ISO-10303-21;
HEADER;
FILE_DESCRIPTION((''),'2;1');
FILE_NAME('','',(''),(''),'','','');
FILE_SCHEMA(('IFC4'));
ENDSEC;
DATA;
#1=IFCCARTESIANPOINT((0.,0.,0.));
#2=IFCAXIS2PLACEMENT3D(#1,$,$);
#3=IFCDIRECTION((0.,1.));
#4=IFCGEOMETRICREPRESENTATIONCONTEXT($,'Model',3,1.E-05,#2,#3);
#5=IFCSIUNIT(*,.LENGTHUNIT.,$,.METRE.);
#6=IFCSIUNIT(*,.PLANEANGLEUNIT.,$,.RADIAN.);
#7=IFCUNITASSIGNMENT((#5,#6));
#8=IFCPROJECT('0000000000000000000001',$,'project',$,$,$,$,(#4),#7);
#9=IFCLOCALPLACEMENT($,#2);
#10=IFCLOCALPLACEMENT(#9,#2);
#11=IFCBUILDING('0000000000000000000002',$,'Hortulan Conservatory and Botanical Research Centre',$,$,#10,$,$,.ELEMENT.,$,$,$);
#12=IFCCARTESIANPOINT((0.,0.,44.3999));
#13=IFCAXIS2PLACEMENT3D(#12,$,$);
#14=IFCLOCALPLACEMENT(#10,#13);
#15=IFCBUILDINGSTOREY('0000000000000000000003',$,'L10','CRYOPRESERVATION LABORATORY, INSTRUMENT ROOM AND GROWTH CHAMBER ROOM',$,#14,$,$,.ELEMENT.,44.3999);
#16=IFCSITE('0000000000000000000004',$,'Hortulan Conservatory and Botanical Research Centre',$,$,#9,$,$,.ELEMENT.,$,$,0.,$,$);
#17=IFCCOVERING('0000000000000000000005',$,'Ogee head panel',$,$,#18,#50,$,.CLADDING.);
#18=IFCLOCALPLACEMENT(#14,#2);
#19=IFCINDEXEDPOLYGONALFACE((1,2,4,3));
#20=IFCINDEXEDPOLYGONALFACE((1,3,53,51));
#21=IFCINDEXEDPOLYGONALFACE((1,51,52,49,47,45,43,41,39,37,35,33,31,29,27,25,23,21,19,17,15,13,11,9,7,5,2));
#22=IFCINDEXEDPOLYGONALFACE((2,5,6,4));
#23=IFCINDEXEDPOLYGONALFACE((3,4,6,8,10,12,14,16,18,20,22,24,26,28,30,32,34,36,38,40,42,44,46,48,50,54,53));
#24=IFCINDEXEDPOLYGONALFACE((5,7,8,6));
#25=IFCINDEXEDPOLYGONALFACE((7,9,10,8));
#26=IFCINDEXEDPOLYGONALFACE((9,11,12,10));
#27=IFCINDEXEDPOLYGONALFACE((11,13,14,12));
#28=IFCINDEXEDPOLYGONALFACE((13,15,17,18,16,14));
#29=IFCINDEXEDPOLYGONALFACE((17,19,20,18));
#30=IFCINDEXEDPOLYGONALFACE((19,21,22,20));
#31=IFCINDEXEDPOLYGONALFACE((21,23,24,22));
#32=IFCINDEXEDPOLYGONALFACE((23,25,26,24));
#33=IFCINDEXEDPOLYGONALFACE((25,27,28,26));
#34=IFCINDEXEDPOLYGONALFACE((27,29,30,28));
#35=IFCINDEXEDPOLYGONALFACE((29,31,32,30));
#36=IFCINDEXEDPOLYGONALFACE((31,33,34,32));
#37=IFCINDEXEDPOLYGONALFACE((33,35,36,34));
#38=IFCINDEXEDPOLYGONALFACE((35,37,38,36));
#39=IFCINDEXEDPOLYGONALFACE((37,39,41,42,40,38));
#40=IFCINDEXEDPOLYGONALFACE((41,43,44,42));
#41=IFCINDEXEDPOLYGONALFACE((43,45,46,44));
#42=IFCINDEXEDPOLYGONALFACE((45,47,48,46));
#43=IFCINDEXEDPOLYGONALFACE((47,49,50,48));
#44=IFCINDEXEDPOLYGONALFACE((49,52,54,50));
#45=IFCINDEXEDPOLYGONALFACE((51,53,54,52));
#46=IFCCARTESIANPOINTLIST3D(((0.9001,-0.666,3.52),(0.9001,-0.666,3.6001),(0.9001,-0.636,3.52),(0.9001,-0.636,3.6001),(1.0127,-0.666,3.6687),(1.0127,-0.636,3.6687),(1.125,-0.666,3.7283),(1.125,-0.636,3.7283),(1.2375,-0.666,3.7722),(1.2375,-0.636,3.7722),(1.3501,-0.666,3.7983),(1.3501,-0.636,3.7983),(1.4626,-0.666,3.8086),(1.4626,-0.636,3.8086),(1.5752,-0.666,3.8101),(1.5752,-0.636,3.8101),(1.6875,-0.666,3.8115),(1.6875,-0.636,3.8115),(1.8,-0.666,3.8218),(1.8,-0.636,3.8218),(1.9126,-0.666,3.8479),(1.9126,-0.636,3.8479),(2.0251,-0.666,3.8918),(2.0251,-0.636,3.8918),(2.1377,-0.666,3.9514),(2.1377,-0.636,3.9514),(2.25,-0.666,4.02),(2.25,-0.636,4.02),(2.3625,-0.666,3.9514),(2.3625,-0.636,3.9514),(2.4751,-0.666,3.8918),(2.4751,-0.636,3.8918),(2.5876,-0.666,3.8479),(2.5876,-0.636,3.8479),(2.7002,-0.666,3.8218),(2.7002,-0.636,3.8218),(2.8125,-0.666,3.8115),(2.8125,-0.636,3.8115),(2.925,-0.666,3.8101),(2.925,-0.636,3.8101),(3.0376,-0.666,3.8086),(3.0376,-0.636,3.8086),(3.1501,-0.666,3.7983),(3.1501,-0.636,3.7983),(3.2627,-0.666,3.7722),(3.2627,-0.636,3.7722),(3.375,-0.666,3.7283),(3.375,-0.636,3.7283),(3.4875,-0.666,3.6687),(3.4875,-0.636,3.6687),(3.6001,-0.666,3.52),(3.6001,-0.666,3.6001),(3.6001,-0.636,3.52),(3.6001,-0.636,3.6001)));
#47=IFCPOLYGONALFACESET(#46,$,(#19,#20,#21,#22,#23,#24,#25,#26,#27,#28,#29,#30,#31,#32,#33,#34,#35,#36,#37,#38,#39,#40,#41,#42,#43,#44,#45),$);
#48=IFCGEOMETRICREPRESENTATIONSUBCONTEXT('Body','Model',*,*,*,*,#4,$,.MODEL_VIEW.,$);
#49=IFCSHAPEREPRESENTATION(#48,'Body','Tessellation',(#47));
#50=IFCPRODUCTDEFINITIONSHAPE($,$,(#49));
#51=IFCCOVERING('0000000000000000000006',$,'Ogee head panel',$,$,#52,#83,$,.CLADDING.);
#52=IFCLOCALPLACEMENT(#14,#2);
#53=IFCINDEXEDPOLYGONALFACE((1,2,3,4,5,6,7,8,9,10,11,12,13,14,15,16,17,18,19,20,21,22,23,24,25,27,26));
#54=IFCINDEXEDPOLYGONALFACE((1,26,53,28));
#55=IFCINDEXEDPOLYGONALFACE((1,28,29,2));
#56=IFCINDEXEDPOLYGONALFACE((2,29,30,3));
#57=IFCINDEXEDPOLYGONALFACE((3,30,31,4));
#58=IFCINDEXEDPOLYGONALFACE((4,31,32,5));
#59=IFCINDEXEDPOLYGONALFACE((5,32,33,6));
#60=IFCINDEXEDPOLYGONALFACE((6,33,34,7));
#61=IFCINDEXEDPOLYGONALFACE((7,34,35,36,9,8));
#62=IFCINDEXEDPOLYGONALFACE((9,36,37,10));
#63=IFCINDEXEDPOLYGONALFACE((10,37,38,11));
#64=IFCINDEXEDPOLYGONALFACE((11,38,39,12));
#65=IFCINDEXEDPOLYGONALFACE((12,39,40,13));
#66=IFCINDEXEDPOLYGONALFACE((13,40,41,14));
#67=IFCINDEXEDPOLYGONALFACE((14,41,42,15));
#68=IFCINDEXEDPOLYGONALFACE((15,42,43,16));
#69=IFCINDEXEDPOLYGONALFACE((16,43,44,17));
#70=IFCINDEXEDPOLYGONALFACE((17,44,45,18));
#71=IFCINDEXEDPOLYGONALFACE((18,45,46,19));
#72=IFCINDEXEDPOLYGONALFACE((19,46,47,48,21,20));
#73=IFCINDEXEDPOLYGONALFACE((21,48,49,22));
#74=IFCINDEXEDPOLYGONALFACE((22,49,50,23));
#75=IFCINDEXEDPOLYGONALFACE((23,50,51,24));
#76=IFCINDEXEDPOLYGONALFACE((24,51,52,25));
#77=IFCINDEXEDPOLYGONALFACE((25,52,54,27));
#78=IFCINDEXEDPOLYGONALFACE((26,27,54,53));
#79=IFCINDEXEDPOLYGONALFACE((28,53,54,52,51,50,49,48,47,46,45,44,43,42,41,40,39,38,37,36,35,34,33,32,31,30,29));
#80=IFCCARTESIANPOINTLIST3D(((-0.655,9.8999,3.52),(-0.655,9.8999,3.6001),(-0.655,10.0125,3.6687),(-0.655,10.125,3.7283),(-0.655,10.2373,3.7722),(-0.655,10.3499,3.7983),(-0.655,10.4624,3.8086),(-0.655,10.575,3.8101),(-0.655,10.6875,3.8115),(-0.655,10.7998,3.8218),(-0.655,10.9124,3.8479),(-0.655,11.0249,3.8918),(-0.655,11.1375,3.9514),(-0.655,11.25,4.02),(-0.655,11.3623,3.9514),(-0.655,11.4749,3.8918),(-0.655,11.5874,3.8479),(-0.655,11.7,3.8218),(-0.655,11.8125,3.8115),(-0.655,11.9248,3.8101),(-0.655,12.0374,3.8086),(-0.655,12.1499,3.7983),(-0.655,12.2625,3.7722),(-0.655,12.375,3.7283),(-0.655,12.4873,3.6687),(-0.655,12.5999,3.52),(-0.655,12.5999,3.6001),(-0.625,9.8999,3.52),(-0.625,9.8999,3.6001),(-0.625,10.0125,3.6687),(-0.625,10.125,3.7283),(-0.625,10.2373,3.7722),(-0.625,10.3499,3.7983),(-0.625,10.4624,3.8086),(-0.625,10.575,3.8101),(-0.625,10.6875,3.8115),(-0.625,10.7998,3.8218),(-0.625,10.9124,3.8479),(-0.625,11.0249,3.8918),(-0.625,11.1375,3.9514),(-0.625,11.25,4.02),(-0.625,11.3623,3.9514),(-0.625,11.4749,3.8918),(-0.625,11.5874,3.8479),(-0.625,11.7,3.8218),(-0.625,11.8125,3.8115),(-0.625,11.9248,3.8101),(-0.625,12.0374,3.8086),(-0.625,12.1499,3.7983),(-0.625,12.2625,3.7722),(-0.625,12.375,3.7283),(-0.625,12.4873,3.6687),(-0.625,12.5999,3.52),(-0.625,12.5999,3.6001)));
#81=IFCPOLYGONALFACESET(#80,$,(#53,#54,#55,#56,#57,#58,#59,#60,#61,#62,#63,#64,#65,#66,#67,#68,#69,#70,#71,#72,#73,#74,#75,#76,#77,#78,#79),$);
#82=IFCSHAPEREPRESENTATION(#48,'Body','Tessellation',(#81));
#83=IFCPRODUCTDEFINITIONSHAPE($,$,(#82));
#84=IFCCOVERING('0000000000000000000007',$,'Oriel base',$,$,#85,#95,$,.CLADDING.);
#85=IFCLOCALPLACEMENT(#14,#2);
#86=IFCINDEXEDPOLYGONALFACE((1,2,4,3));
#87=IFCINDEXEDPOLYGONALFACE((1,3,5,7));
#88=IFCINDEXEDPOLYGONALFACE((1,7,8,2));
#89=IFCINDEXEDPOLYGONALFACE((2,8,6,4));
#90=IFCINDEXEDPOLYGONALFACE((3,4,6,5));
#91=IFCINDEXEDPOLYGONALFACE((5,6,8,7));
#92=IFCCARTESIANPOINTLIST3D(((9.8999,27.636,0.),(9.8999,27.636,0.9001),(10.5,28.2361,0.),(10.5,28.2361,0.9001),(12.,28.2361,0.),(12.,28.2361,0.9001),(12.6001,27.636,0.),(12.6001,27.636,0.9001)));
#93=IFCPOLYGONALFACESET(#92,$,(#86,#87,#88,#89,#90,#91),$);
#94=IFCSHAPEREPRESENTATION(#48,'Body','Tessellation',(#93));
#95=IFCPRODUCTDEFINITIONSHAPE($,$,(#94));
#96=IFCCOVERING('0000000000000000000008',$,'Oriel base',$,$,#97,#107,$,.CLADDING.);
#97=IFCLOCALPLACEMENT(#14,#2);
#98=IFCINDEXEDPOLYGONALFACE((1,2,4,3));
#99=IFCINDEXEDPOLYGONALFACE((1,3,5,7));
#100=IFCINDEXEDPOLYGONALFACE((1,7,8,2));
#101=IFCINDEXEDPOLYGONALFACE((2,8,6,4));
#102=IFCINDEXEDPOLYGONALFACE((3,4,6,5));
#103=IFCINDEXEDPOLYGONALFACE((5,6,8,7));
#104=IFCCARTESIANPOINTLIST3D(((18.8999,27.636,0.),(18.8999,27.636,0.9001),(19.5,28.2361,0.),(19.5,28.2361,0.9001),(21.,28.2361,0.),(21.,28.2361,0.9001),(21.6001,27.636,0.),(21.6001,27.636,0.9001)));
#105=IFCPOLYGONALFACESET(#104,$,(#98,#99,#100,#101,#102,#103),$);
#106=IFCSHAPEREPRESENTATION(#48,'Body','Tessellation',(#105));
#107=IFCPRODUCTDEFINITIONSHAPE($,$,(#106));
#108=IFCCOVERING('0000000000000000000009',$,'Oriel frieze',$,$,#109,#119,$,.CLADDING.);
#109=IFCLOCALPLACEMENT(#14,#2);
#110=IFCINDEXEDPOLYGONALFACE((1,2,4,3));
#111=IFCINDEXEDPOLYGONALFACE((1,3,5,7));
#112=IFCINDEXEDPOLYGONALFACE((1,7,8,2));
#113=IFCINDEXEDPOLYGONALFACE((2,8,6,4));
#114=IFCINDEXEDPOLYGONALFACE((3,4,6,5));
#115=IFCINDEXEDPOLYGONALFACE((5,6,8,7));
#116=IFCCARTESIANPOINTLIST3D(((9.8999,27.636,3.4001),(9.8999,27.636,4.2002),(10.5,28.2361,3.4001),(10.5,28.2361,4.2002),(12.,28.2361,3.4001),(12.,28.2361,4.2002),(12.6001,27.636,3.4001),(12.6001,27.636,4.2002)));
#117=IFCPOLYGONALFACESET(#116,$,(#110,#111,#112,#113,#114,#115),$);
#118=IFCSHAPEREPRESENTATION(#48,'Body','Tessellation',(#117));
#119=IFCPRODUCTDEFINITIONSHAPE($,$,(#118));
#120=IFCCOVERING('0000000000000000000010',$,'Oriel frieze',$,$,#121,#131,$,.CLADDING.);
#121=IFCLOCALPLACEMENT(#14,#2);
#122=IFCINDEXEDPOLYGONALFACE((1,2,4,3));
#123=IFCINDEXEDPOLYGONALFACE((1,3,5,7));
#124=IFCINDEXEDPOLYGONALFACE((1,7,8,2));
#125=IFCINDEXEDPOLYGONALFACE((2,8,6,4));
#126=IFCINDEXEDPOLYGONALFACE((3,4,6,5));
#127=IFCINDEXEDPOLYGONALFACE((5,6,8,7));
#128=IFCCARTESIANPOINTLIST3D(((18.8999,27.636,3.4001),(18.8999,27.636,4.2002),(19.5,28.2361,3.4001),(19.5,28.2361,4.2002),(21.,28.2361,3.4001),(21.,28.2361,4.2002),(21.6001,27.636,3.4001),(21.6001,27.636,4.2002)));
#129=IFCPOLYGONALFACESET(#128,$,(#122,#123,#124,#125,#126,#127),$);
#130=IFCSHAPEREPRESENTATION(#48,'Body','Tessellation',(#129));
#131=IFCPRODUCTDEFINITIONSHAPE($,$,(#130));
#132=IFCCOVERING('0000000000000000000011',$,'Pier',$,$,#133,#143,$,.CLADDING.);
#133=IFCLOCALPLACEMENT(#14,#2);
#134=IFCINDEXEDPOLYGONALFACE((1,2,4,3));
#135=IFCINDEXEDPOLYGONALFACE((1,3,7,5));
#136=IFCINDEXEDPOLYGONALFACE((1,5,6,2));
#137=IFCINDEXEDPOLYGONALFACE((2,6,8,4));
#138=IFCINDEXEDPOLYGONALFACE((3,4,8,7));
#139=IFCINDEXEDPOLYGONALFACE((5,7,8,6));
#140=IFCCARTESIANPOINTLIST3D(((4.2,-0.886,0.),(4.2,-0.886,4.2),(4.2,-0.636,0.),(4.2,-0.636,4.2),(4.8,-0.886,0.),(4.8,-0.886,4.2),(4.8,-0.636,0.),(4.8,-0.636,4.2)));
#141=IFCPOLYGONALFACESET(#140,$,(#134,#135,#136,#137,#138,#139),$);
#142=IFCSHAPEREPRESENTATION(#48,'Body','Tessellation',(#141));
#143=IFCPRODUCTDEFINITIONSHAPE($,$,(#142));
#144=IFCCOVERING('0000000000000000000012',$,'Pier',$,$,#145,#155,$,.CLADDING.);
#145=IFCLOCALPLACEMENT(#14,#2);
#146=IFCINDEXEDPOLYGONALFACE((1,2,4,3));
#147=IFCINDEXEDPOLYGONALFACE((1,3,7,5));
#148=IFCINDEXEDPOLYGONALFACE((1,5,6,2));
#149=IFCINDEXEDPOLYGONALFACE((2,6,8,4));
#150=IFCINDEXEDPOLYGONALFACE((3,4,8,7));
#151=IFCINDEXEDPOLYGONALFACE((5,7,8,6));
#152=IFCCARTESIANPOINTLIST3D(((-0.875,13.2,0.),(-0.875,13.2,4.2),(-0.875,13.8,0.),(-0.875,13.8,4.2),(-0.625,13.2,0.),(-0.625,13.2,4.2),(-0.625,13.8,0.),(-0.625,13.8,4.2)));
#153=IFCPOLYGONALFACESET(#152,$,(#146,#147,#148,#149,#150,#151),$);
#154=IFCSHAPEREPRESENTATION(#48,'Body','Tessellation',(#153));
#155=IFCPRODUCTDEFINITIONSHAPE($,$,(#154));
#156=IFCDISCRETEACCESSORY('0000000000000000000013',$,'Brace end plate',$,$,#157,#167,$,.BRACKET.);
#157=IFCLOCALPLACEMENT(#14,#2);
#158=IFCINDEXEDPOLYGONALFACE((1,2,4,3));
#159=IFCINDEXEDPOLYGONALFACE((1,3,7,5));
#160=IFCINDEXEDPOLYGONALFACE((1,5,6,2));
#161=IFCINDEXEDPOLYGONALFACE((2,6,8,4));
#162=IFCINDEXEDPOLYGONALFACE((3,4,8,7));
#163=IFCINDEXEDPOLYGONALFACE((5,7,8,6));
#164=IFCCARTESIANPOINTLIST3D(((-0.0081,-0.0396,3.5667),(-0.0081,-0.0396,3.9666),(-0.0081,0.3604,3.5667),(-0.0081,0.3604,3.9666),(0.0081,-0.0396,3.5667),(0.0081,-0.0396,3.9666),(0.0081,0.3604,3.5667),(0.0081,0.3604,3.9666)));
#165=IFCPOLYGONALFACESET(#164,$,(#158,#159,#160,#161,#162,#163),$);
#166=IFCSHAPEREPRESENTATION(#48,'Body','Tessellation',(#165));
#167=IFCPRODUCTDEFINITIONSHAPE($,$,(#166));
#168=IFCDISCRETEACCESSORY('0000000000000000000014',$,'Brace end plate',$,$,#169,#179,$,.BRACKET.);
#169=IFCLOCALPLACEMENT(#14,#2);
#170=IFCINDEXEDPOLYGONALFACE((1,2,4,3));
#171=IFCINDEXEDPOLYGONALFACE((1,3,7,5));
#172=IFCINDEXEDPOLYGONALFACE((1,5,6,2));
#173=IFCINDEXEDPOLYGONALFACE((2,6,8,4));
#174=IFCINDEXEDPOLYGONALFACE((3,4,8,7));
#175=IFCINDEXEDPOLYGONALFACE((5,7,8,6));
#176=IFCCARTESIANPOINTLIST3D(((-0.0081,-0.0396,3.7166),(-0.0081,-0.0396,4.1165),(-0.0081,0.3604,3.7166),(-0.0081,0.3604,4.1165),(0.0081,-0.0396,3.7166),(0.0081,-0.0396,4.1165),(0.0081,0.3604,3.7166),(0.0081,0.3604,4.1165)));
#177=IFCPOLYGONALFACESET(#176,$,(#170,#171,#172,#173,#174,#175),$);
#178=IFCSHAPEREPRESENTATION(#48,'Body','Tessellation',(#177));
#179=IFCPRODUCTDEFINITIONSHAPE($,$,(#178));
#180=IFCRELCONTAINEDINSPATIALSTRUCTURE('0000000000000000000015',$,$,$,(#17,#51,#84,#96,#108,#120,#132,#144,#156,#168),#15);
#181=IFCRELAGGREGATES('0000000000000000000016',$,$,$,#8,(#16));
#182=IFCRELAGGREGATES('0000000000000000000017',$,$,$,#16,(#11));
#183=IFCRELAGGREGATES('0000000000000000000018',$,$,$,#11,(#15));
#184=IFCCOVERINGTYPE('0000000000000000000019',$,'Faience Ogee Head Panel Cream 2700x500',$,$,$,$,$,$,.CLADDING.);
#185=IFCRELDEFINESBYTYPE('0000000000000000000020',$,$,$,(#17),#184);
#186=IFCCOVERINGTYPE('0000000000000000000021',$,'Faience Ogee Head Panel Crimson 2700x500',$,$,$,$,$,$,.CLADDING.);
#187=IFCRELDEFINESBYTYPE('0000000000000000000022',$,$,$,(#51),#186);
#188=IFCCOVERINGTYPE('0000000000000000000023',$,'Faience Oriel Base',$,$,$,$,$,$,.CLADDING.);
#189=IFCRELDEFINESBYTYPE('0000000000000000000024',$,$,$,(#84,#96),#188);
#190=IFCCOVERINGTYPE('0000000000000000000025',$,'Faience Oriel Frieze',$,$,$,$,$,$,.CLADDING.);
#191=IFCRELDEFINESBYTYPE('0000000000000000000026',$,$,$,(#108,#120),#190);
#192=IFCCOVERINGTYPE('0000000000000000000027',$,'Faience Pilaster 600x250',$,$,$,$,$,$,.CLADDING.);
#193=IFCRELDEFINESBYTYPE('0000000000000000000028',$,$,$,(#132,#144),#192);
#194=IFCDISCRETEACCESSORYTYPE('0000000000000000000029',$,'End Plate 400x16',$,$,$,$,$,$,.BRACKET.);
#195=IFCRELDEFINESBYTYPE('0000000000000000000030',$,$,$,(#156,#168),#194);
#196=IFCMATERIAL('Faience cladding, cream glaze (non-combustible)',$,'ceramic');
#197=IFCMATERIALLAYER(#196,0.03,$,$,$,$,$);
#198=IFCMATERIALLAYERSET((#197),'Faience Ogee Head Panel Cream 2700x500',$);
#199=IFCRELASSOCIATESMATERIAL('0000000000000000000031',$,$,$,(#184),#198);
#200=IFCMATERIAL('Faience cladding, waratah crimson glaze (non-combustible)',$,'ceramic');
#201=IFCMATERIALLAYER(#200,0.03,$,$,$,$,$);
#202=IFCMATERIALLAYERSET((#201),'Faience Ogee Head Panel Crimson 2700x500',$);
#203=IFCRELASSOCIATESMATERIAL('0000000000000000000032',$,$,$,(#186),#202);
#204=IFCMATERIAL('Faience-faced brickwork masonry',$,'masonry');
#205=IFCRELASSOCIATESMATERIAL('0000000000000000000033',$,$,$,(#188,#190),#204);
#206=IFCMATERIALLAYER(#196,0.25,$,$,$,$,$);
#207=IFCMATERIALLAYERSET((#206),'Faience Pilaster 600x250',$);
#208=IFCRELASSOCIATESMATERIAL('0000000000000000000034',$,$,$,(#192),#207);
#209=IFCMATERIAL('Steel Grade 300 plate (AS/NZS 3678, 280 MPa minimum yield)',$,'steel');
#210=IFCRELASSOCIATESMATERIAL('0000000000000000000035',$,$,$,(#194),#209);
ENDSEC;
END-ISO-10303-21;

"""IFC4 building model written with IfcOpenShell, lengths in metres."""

from ifc_helpers import new_model, si_unit, direction, frame, origin, origin_2d, place, context, subcontext, project, spatial, polyline, rectangle, outline, extrude, material, layer, layer_set, type_object, element, save


model = new_model("IFC4")

# Units and contexts
model_context = context("Model", 3, precision=1e-05, world=origin(), true_north=direction((0.0, 1.0)))
body_context = subcontext(model_context, "Body", "Model", "MODEL_VIEW")
ifc_project = project(units=[si_unit("LENGTHUNIT", "METRE"), si_unit("PLANEANGLEUNIT", "RADIAN")], contexts=[model_context])

# Site, building, storey
site_placement = place(None, origin())
site = spatial("IfcSite", under=ifc_project, at=site_placement, Name="Hortulan Conservatory and Botanical Research Centre", CompositionType="ELEMENT", RefElevation=0.0)
building_placement = place(site_placement, origin())
building = spatial("IfcBuilding", under=site, at=building_placement, Name="Hortulan Conservatory and Botanical Research Centre", CompositionType="ELEMENT")
storey_placement = place(building_placement, frame((0.0, 0.0, 44.3999)))
storey = spatial("IfcBuildingStorey", under=building, at=storey_placement, Name="L10", Description="CRYOPRESERVATION LABORATORY, INSTRUMENT ROOM AND GROWTH CHAMBER ROOM", CompositionType="ELEMENT", Elevation=44.3999)

# Shared definitions
ifc_material_1 = material(Name="Faience-faced brickwork masonry", Category="masonry")

# Coverings
ifc_material_2 = material(Name="Faience cladding, cream glaze (non-combustible)", Category="ceramic")
ifc_layer_1 = layer(ifc_material_2, 0.03)
ifc_layer_set_1 = layer_set([ifc_layer_1], Name="Faience Ogee Head Panel Cream 2700x500")
covering_type_1 = type_object("IfcCoveringType", Name="Faience Ogee Head Panel Cream 2700x500", PredefinedType="CLADDING", material=ifc_layer_set_1)
covering_1_placement = place(storey_placement, frame((3.6001, -0.6509, 3.52), z_axis=(0.0, 0.0, 1.0), x_axis=(-1.0, 0.0, 0.0)))
element("IfcCovering", 1, at=covering_1_placement, inside=storey, type_object=covering_type_1, Name="Ogee head panel", PredefinedType="CLADDING", context=body_context, shape_type="SweptSolid", body=[
    extrude(outline(polyline([(0.0, 0.0), (2.7, 0.0), (2.7, 0.0801), (2.5874, 0.1487), (2.4751, 0.2083), (2.3625, 0.2522), (2.25, 0.2783), (2.1375, 0.2886), (2.0249, 0.29), (1.9126, 0.2915), (1.8, 0.3018), (1.6875, 0.3279), (1.575, 0.3718), (1.4624, 0.4314), (1.3501, 0.5), (1.2375, 0.4314), (1.125, 0.3718), (1.0125, 0.3279), (0.8999, 0.3018), (0.7876, 0.2915), (0.675, 0.29), (0.5625, 0.2886), (0.45, 0.2783), (0.3374, 0.2522), (0.2251, 0.2083), (0.1125, 0.1487), (0.0, 0.0801), (0.0, 0.0)])), frame((0.0, 0.0151, 0.0), z_axis=(0.0, -1.0, 0.0), x_axis=(1.0, 0.0, 0.0)), (0.0, 0.0, 1.0), 0.03),
])
ifc_material_3 = material(Name="Faience cladding, waratah crimson glaze (non-combustible)", Category="ceramic")
ifc_layer_2 = layer(ifc_material_3, 0.03)
ifc_layer_set_2 = layer_set([ifc_layer_2], Name="Faience Ogee Head Panel Crimson 2700x500")
covering_type_2 = type_object("IfcCoveringType", Name="Faience Ogee Head Panel Crimson 2700x500", PredefinedType="CLADDING", material=ifc_layer_set_2)
covering_2_placement = place(storey_placement, frame((-0.6399, 9.8999, 3.52), z_axis=(0.0, 0.0, 1.0), x_axis=(0.0, 1.0, 0.0)))
element("IfcCovering", 2, at=covering_2_placement, inside=storey, type_object=covering_type_2, Name="Ogee head panel", PredefinedType="CLADDING", context=body_context, shape_type="SweptSolid", body=[
    extrude(outline(polyline([(0.0, 0.0), (2.7, 0.0), (2.7, 0.0801), (2.5874, 0.1487), (2.4751, 0.2083), (2.3625, 0.2522), (2.25, 0.2783), (2.1375, 0.2886), (2.0249, 0.29), (1.9126, 0.2915), (1.8, 0.3018), (1.6875, 0.3279), (1.575, 0.3718), (1.4624, 0.4314), (1.3501, 0.5), (1.2375, 0.4314), (1.125, 0.3718), (1.0125, 0.3279), (0.8999, 0.3018), (0.7876, 0.2915), (0.675, 0.29), (0.5625, 0.2886), (0.45, 0.2783), (0.3374, 0.2522), (0.2251, 0.2083), (0.1125, 0.1487), (0.0, 0.0801), (0.0, 0.0)])), frame((0.0, 0.0151, 0.0), z_axis=(0.0, -1.0, 0.0), x_axis=(1.0, 0.0, 0.0)), (0.0, 0.0, 1.0), 0.03),
])
covering_type_3 = type_object("IfcCoveringType", Name="Faience Oriel Base", PredefinedType="CLADDING", material=ifc_material_1)
covering_3_placement = place(storey_placement, origin())
element("IfcCovering", 3, at=covering_3_placement, inside=storey, type_object=covering_type_3, Name="Oriel base", PredefinedType="CLADDING", context=body_context, shape_type="SweptSolid", body=[
    extrude(outline(polyline([(9.8999, 27.636), (10.5, 28.2361), (12.0, 28.2361), (12.6001, 27.636), (9.8999, 27.636)])), origin(), (0.0, 0.0, 1.0), 0.9001),
])
covering_4_placement = place(storey_placement, origin())
element("IfcCovering", 4, at=covering_4_placement, inside=storey, type_object=covering_type_3, Name="Oriel base", PredefinedType="CLADDING", context=body_context, shape_type="SweptSolid", body=[
    extrude(outline(polyline([(18.8999, 27.636), (19.5, 28.2361), (21.0, 28.2361), (21.6001, 27.636), (18.8999, 27.636)])), origin(), (0.0, 0.0, 1.0), 0.9001),
])
covering_type_4 = type_object("IfcCoveringType", Name="Faience Oriel Frieze", PredefinedType="CLADDING", material=ifc_material_1)
covering_5_placement = place(storey_placement, frame((0.0, 0.0, 3.4001)))
element("IfcCovering", 5, at=covering_5_placement, inside=storey, type_object=covering_type_4, Name="Oriel frieze", PredefinedType="CLADDING", context=body_context, shape_type="SweptSolid", body=[
    extrude(outline(polyline([(9.8999, 27.636), (10.5, 28.2361), (12.0, 28.2361), (12.6001, 27.636), (9.8999, 27.636)])), origin(), (0.0, 0.0, 1.0), 0.8),
])
covering_6_placement = place(storey_placement, frame((0.0, 0.0, 3.4001)))
element("IfcCovering", 6, at=covering_6_placement, inside=storey, type_object=covering_type_4, Name="Oriel frieze", PredefinedType="CLADDING", context=body_context, shape_type="SweptSolid", body=[
    extrude(outline(polyline([(18.8999, 27.636), (19.5, 28.2361), (21.0, 28.2361), (21.6001, 27.636), (18.8999, 27.636)])), origin(), (0.0, 0.0, 1.0), 0.8),
])
ifc_layer_3 = layer(ifc_material_2, 0.25)
ifc_layer_set_3 = layer_set([ifc_layer_3], Name="Faience Pilaster 600x250")
covering_type_5 = type_object("IfcCoveringType", Name="Faience Pilaster 600x250", PredefinedType="CLADDING", material=ifc_layer_set_3)
for number, where, z_axis, x_axis, name in (
    (7, (4.5, -0.761, 0.0), (0.0, 0.0, 1.0), (-1.0, 0.0, 0.0), "Pier"),
    (8, (-0.75, 13.5, 0.0), (0.0, 0.0, 1.0), (0.0, 1.0, 0.0), "Pier"),
):
    element("IfcCovering", number, at=place(storey_placement, frame(where, z_axis=z_axis, x_axis=x_axis)), inside=storey, type_object=covering_type_5, Name=name, PredefinedType="CLADDING", context=body_context, shape_type="SweptSolid", body=[
        extrude(rectangle(XDim=0.6001, YDim=0.25, at=origin_2d()), origin(), (0.0, 0.0, 1.0), 4.2),
    ])

# Discrete accessories
ifc_material_4 = material(Name="Steel Grade 300 plate (AS/NZS 3678, 280 MPa minimum yield)", Category="steel")
discrete_accessory_type = type_object("IfcDiscreteAccessoryType", Name="End Plate 400x16", PredefinedType="BRACKET", material=ifc_material_4)
for number, where, z_axis, x_axis, name in (
    (9, (0.0, 0.1604, 3.5667), (0.0, 0.0, 1.0), (0.0, -1.0, 0.0), "Brace end plate"),
    (10, (0.0, 0.1604, 3.7166), (0.0, 0.0, 1.0), (0.0, -1.0, 0.0), "Brace end plate"),
):
    element("IfcDiscreteAccessory", number, at=place(storey_placement, frame(where, z_axis=z_axis, x_axis=x_axis)), inside=storey, type_object=discrete_accessory_type, Name=name, PredefinedType="BRACKET", context=body_context, shape_type="SweptSolid", body=[
        extrude(rectangle(XDim=0.3999, YDim=0.0161, at=origin_2d()), origin(), (0.0, 0.0, 1.0), 0.3999),
    ])

save(model, "model.ifc")
